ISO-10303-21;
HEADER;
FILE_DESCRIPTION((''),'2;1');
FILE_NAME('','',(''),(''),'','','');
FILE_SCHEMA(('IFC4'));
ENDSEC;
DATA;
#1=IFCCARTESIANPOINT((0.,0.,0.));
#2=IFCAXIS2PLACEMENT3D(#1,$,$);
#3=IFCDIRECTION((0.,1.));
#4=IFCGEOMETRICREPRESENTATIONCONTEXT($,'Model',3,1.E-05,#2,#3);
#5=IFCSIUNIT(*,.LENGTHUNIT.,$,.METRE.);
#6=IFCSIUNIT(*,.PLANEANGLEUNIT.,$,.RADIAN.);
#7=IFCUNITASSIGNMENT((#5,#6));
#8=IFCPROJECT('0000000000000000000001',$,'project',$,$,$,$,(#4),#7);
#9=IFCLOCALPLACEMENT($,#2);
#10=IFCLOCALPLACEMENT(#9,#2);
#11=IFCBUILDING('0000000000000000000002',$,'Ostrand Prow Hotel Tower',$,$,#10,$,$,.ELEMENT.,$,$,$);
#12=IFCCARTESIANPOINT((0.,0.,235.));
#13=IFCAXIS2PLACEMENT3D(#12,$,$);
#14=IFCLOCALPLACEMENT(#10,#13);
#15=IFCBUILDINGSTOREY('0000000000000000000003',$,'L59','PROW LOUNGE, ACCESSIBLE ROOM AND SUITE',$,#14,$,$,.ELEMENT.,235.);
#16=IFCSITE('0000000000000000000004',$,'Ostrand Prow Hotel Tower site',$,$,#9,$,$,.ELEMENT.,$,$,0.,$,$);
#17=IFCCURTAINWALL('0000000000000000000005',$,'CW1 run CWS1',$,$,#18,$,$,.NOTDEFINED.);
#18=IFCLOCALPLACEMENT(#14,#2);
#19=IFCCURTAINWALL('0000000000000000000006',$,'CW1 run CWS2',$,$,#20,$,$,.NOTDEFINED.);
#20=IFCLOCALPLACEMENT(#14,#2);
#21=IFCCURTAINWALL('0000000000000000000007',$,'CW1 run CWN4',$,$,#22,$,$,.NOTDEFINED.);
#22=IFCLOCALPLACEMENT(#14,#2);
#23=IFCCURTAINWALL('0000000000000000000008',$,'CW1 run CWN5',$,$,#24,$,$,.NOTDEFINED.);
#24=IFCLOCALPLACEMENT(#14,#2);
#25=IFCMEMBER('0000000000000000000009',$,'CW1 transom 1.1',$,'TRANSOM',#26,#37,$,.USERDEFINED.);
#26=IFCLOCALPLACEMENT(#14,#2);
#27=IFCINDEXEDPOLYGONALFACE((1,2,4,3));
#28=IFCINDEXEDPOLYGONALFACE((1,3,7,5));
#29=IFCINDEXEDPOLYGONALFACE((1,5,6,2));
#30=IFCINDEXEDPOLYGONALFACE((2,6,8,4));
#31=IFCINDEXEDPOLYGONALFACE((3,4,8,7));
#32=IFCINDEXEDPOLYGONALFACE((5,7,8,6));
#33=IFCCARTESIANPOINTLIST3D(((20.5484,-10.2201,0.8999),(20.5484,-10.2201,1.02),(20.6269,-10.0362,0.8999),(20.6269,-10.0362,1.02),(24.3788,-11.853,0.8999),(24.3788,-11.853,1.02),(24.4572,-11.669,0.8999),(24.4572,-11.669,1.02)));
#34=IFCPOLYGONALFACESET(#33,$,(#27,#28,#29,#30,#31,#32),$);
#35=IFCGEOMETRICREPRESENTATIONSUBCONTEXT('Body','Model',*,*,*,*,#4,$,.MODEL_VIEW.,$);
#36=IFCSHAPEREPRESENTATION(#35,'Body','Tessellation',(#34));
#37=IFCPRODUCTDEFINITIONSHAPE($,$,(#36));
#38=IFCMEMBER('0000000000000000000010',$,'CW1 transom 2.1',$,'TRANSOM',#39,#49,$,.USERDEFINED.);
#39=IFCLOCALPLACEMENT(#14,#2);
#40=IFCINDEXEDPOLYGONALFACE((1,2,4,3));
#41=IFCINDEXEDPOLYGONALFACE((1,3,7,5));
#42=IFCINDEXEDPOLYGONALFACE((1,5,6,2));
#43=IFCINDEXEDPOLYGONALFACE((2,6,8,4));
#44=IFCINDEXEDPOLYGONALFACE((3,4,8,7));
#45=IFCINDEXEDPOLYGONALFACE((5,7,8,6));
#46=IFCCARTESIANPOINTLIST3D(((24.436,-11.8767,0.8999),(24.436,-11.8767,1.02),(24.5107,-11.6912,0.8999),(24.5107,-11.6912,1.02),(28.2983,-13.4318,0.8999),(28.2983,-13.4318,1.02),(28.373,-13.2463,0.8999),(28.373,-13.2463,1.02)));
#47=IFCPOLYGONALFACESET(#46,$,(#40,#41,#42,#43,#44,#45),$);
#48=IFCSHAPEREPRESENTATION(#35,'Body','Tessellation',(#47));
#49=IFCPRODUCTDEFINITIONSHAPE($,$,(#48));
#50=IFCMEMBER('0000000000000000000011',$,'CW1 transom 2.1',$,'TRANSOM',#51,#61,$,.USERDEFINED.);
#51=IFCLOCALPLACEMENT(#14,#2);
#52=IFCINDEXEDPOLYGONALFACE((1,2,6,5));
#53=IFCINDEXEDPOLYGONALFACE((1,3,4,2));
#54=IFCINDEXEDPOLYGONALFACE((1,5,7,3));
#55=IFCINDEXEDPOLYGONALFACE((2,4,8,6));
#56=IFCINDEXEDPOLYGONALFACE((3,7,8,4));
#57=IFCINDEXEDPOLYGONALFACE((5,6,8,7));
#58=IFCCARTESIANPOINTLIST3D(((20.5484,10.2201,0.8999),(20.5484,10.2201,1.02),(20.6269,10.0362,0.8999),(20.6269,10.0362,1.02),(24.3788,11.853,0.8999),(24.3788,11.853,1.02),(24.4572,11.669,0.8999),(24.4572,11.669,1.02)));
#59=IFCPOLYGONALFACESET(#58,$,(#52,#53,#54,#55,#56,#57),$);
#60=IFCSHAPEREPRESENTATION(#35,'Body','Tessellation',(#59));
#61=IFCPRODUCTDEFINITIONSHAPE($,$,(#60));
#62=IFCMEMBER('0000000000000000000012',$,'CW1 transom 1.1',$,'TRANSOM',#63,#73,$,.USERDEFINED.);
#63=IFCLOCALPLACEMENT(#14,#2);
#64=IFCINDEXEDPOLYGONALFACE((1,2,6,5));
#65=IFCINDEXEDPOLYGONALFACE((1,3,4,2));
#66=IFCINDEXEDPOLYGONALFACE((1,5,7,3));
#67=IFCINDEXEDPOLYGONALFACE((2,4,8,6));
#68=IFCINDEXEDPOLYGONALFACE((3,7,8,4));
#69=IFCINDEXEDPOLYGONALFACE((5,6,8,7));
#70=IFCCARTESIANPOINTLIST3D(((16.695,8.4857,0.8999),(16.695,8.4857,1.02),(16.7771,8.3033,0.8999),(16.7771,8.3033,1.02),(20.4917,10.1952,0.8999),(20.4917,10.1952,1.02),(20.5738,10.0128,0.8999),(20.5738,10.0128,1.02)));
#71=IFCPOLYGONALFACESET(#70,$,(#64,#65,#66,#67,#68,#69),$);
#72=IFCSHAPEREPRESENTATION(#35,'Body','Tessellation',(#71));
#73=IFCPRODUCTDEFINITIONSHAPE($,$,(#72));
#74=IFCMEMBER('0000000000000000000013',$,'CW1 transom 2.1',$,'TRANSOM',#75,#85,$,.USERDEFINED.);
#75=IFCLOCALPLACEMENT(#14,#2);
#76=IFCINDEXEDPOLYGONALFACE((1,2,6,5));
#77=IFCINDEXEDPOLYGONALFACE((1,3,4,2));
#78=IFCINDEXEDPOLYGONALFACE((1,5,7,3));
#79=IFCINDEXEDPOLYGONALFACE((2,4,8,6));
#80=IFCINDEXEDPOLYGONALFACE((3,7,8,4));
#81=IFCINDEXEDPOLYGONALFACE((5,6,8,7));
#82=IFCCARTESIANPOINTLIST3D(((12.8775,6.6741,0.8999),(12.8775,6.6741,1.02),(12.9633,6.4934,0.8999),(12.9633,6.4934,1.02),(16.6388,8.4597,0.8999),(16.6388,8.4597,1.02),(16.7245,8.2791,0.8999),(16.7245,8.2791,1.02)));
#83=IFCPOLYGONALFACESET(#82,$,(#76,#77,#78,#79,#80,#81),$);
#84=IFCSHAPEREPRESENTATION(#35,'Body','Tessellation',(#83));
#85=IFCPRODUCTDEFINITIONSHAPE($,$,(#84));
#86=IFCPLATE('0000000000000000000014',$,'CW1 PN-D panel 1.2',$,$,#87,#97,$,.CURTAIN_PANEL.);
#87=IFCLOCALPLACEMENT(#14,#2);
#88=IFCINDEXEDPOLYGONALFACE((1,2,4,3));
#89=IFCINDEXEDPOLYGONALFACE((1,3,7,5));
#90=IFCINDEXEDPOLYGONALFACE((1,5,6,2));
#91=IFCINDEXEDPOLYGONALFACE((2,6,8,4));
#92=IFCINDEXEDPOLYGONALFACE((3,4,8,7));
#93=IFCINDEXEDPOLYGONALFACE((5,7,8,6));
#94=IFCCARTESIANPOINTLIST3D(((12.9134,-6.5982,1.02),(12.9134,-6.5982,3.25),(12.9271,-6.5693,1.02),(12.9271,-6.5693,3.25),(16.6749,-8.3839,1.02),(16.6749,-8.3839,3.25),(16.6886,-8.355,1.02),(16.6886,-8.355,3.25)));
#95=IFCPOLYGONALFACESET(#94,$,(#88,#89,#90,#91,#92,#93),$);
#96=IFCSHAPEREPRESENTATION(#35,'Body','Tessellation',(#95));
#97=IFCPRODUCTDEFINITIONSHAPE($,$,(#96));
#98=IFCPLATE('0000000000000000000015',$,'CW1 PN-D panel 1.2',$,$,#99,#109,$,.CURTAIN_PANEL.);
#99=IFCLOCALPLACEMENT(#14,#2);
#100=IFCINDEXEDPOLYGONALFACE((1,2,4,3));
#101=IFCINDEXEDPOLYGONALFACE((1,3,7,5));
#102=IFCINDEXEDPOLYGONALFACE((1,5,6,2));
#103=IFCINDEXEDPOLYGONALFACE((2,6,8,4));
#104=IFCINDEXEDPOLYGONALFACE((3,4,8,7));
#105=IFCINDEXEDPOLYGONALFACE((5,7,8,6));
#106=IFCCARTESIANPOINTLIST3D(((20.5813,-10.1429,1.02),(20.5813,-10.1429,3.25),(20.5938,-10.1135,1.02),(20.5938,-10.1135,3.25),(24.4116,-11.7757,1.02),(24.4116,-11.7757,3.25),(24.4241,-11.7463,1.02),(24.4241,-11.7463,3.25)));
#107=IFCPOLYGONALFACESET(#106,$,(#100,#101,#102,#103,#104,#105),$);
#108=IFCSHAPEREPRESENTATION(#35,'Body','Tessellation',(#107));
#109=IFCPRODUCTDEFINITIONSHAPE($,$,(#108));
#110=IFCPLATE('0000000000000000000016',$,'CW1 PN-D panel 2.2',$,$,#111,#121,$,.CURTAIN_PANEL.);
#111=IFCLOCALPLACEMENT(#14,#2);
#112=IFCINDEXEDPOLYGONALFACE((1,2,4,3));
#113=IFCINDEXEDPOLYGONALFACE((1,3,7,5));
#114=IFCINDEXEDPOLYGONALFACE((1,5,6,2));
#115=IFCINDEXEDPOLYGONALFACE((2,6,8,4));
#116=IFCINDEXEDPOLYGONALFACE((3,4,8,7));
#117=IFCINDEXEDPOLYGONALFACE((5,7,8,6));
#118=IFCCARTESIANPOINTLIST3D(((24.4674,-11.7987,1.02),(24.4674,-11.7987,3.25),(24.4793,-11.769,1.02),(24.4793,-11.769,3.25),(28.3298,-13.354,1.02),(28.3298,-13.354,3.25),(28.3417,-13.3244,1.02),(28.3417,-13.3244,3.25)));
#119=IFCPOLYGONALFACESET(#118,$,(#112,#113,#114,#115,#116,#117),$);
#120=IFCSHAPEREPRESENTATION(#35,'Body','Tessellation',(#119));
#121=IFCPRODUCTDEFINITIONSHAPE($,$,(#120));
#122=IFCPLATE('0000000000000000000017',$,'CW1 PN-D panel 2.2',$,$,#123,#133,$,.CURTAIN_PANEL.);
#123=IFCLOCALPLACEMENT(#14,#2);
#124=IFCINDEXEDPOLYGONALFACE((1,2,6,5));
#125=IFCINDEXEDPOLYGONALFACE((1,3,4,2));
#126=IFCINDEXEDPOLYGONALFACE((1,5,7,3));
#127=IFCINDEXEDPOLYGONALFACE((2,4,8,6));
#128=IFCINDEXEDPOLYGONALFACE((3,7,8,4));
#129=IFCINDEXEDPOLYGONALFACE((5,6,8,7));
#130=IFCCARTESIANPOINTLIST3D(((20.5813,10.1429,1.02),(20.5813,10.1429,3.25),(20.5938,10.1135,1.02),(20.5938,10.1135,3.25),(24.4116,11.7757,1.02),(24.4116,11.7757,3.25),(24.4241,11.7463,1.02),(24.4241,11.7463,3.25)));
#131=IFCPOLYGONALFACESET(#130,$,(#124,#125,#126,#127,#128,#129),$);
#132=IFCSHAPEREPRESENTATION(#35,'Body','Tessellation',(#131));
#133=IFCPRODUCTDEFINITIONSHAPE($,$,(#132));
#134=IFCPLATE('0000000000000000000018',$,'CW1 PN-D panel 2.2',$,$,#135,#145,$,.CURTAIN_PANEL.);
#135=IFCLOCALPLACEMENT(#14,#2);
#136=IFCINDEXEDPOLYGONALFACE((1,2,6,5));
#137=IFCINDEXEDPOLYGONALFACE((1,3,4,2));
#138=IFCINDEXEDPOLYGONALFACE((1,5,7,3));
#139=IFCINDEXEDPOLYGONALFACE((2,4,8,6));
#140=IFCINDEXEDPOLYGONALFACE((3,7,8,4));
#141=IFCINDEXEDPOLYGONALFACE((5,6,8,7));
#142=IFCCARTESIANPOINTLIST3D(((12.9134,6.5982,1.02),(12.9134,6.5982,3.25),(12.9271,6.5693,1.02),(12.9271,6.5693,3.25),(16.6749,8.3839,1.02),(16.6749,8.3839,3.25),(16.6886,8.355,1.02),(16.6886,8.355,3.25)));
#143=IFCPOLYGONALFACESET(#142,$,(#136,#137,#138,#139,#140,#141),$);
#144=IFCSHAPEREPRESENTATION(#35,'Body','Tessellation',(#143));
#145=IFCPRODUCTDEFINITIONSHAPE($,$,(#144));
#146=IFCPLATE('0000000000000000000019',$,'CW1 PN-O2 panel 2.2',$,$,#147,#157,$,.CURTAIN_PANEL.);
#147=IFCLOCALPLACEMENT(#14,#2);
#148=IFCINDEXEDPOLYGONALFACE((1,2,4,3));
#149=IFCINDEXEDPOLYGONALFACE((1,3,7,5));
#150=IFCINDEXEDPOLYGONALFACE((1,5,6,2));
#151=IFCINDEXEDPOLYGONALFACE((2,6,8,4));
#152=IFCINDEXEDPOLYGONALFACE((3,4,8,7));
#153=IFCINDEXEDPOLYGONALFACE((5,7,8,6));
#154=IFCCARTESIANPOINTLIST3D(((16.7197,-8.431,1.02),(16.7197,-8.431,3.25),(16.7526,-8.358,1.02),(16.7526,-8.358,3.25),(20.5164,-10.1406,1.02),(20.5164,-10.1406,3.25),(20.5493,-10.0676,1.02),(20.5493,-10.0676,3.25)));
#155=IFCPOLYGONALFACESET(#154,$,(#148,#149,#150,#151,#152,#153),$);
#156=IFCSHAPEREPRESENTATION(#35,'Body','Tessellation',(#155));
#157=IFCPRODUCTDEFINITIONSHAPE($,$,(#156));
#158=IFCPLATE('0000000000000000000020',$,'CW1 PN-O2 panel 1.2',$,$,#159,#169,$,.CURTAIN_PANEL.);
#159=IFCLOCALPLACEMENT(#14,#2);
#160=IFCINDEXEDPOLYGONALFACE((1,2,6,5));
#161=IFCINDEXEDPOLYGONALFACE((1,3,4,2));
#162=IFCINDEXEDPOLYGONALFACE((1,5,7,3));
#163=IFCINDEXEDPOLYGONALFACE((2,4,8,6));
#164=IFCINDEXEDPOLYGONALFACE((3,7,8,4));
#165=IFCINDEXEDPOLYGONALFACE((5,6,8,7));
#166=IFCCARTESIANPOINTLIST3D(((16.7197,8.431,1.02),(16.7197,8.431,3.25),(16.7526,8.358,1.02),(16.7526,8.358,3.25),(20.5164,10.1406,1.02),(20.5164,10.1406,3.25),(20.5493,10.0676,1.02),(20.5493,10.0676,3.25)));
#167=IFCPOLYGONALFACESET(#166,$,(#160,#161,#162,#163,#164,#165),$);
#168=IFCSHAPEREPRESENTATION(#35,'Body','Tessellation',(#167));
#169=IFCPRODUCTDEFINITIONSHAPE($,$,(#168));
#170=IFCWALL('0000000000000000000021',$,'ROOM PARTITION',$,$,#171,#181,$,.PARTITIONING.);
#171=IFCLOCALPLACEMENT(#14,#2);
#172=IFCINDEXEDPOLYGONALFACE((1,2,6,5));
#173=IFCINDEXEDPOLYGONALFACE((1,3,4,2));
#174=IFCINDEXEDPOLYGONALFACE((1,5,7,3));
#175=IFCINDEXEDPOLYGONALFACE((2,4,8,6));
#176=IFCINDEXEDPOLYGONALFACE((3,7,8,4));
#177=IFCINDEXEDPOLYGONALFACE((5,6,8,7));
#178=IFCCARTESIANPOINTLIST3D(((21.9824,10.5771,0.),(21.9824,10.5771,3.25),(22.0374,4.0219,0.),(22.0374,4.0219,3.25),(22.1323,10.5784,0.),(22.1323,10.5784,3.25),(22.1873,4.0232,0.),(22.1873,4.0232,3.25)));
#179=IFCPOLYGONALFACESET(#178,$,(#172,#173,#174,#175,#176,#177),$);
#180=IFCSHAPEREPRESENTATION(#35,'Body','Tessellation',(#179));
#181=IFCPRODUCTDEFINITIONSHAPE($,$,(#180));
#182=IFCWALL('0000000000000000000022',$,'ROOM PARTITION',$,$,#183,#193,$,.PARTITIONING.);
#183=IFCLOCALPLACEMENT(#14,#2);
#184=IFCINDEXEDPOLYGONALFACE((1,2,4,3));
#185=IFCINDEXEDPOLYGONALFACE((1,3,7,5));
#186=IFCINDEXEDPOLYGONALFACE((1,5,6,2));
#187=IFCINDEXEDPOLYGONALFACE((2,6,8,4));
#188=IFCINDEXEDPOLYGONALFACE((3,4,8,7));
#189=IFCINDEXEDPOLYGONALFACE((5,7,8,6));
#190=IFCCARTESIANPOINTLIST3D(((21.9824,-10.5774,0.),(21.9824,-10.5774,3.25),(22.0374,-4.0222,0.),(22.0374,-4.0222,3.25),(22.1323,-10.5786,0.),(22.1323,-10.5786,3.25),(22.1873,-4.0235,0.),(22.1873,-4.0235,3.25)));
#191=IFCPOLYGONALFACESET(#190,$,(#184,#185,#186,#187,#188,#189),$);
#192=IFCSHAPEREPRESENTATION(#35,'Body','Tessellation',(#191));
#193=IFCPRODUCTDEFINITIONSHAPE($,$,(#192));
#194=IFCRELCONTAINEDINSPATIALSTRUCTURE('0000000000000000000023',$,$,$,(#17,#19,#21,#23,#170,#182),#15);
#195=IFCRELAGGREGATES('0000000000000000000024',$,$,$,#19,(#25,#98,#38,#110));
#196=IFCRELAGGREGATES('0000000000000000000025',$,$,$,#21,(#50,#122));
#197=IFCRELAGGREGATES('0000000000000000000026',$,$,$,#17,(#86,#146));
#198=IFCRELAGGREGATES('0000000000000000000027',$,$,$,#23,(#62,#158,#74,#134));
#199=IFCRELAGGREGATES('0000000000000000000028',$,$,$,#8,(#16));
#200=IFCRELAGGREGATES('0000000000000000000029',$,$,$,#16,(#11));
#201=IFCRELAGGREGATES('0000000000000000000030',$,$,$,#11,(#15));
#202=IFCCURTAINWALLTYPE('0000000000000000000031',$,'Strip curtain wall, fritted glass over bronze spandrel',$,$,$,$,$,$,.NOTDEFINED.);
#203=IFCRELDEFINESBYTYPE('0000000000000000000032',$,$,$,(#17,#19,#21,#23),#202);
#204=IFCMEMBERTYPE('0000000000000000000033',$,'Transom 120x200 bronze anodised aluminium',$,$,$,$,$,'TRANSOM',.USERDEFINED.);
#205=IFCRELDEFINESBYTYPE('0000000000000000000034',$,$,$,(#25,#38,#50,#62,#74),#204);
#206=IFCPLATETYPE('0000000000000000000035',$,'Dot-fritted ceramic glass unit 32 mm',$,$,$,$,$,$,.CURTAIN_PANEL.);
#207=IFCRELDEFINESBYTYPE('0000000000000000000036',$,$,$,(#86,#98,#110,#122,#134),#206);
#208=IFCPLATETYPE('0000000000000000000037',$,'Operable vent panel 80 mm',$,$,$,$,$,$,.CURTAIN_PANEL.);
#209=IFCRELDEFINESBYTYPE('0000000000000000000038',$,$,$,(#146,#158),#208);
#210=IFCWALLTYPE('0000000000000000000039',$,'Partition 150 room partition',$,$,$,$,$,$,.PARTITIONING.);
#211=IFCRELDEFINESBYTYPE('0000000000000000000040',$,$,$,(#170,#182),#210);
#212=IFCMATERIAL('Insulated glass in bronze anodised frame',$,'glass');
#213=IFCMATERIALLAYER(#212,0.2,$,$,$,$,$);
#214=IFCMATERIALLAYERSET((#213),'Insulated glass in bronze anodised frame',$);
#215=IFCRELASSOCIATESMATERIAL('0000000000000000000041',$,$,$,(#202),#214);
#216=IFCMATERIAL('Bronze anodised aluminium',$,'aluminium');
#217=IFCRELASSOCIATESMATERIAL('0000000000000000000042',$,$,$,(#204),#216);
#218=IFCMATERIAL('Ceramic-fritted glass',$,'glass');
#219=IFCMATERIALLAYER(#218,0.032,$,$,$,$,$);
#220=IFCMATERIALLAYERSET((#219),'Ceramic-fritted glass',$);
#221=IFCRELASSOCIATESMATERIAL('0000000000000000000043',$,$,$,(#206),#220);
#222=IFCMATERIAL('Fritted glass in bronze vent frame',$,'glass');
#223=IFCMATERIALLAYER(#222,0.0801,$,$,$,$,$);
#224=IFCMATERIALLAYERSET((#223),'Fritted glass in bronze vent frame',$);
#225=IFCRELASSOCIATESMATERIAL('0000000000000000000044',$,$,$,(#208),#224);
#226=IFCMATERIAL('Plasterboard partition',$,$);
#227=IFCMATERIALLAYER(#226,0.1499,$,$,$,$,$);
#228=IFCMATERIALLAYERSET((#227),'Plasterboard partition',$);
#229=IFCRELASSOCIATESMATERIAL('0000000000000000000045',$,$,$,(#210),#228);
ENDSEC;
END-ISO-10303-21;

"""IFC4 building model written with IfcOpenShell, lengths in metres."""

from ifc_helpers import new_model, si_unit, direction, frame, frame_2d, origin, origin_2d, place, context, subcontext, project, spatial, rectangle, extrude, material, layer, layer_set, material_profile, profile_set, type_object, element, aggregate, save


model = new_model("IFC4")

# Units and contexts
model_context = context("Model", 3, precision=1e-05, world=origin(), true_north=direction((0.0, 1.0)))
body_context = subcontext(model_context, "Body", "Model", "MODEL_VIEW")
ifc_project = project(units=[si_unit("LENGTHUNIT", "METRE"), si_unit("PLANEANGLEUNIT", "RADIAN")], contexts=[model_context])

# Site, building, storey
site_placement = place(None, origin())
site = spatial("IfcSite", under=ifc_project, at=site_placement, Name="Ostrand Prow Hotel Tower site", CompositionType="ELEMENT", RefElevation=0.0)
building_placement = place(site_placement, origin())
building = spatial("IfcBuilding", under=site, at=building_placement, Name="Ostrand Prow Hotel Tower", CompositionType="ELEMENT")
storey_placement = place(building_placement, frame((0.0, 0.0, 235.0)))
storey = spatial("IfcBuildingStorey", under=building, at=storey_placement, Name="L59", Description="PROW LOUNGE, ACCESSIBLE ROOM AND SUITE", CompositionType="ELEMENT", Elevation=235.0)

# Curtain wall
ifc_material_1 = material(Name="Insulated glass in bronze anodised frame", Category="glass")
ifc_layer_1 = layer(ifc_material_1, 0.2)
ifc_layer_set_1 = layer_set([ifc_layer_1], Name="Insulated glass in bronze anodised frame")
curtain_wall_type = type_object("IfcCurtainWallType", Name="Strip curtain wall, fritted glass over bronze spandrel", PredefinedType="NOTDEFINED", material=ifc_layer_set_1)
curtain_wall_1_placement = place(storey_placement, origin())
curtain_wall_1 = element("IfcCurtainWall", 1, at=curtain_wall_1_placement, inside=storey, type_object=curtain_wall_type, Name="CW1 run CWS1", PredefinedType="NOTDEFINED")

# Curtain wall
curtain_wall_2_placement = place(storey_placement, origin())
curtain_wall_2 = element("IfcCurtainWall", 2, at=curtain_wall_2_placement, inside=storey, type_object=curtain_wall_type, Name="CW1 run CWS2", PredefinedType="NOTDEFINED")

# Curtain wall
curtain_wall_3_placement = place(storey_placement, origin())
curtain_wall_3 = element("IfcCurtainWall", 3, at=curtain_wall_3_placement, inside=storey, type_object=curtain_wall_type, Name="CW1 run CWN4", PredefinedType="NOTDEFINED")

# Curtain wall
curtain_wall_4_placement = place(storey_placement, origin())
curtain_wall_4 = element("IfcCurtainWall", 4, at=curtain_wall_4_placement, inside=storey, type_object=curtain_wall_type, Name="CW1 run CWN5", PredefinedType="NOTDEFINED")

# Members
ifc_material_2 = material(Name="Bronze anodised aluminium", Category="aluminium")
ifc_material_profile_1 = material_profile(ifc_material_2, rectangle(XDim=0.2, YDim=0.1201, at=origin_2d()), Name="Transom 120x200 bronze anodised aluminium")
ifc_profile_set_1 = profile_set([ifc_material_profile_1], Name="Bronze anodised aluminium")
member_type_1 = type_object("IfcMemberType", Name="Transom 120x200 bronze anodised aluminium", ElementType="TRANSOM", PredefinedType="USERDEFINED", material=ifc_profile_set_1)
member_1_placement = place(storey_placement, frame((20.5876, -10.1282, 0.96), z_axis=(0.919905, -0.392142, 0.0), x_axis=(0.392142, 0.919905, 0.0)))
member_1 = element("IfcMember", 5, at=member_1_placement, type_object=member_type_1, Name="CW1 transom 1.1", ObjectType="TRANSOM", PredefinedType="USERDEFINED", context=body_context, shape_type="SweptSolid", body=[
    extrude(rectangle(XDim=0.2, YDim=0.1201, at=origin_2d()), origin(), (0.0, 0.0, 1.0), 4.1638),
])
member_2_placement = place(storey_placement, frame((24.4734, -11.7839, 0.96), z_axis=(0.927625, -0.373513, 0.0), x_axis=(0.373513, 0.927625, 0.0)))
member_2 = element("IfcMember", 6, at=member_2_placement, type_object=member_type_1, Name="CW1 transom 2.1", ObjectType="TRANSOM", PredefinedType="USERDEFINED", context=body_context, shape_type="SweptSolid", body=[
    extrude(rectangle(XDim=0.2, YDim=0.1201, at=origin_2d()), origin(), (0.0, 0.0, 1.0), 4.1636),
])
member_3_placement = place(storey_placement, frame((24.418, 11.761, 0.96), z_axis=(-0.919905, -0.392142, 0.0), x_axis=(0.392142, -0.919905, 0.0)))
member_3 = element("IfcMember", 7, at=member_3_placement, type_object=member_type_1, Name="CW1 transom 2.1", ObjectType="TRANSOM", PredefinedType="USERDEFINED", context=body_context, shape_type="SweptSolid", body=[
    extrude(rectangle(XDim=0.2, YDim=0.1201, at=origin_2d()), origin(), (0.0, 0.0, 1.0), 4.1638),
])
member_4_placement = place(storey_placement, frame((20.5327, 10.104, 0.96), z_axis=(-0.911833, -0.410562, 0.0), x_axis=(0.410562, -0.911833, 0.0)))
member_4 = element("IfcMember", 8, at=member_4_placement, type_object=member_type_1, Name="CW1 transom 1.1", ObjectType="TRANSOM", PredefinedType="USERDEFINED", context=body_context, shape_type="SweptSolid", body=[
    extrude(rectangle(XDim=0.2, YDim=0.1201, at=origin_2d()), origin(), (0.0, 0.0, 1.0), 4.1638),
])
member_5_placement = place(storey_placement, frame((16.6816, 8.3694, 0.96), z_axis=(-0.903365, -0.428873, 0.0), x_axis=(0.428873, -0.903365, 0.0)))
member_5 = element("IfcMember", 9, at=member_5_placement, type_object=member_type_1, Name="CW1 transom 2.1", ObjectType="TRANSOM", PredefinedType="USERDEFINED", context=body_context, shape_type="SweptSolid", body=[
    extrude(rectangle(XDim=0.2, YDim=0.1201, at=origin_2d()), origin(), (0.0, 0.0, 1.0), 4.1636),
])

# Plates
ifc_material_3 = material(Name="Ceramic-fritted glass", Category="glass")
ifc_layer_2 = layer(ifc_material_3, 0.032)
ifc_layer_set_2 = layer_set([ifc_layer_2], Name="Ceramic-fritted glass")
plate_type_1 = type_object("IfcPlateType", Name="Dot-fritted ceramic glass unit 32 mm", PredefinedType="CURTAIN_PANEL", material=ifc_layer_set_2)
plate_1_placement = place(storey_placement, frame((14.801, -7.4766, 1.02), z_axis=(0.0, 0.0, 1.0), x_axis=(0.90337, -0.428861, 0.0)))
plate_1 = element("IfcPlate", 10, at=plate_1_placement, type_object=plate_type_1, Name="CW1 PN-D panel 1.2", PredefinedType="CURTAIN_PANEL", context=body_context, shape_type="SweptSolid", body=[
    extrude(rectangle(XDim=4.1638, YDim=0.032, at=origin_2d()), origin(), (0.0, 0.0, 1.0), 2.23),
])
plate_2_placement = place(storey_placement, frame((22.5027, -10.9446, 1.02), z_axis=(0.0, 0.0, 1.0), x_axis=(0.919907, -0.392136, 0.0)))
plate_2 = element("IfcPlate", 11, at=plate_2_placement, type_object=plate_type_1, Name="CW1 PN-D panel 1.2", PredefinedType="CURTAIN_PANEL", context=body_context, shape_type="SweptSolid", body=[
    extrude(rectangle(XDim=4.1638, YDim=0.032, at=origin_2d()), origin(), (0.0, 0.0, 1.0), 2.23),
])
plate_3_placement = place(storey_placement, frame((26.4045, -12.5615, 1.02), z_axis=(0.0, 0.0, 1.0), x_axis=(0.927617, -0.373533, 0.0)))
plate_3 = element("IfcPlate", 12, at=plate_3_placement, type_object=plate_type_1, Name="CW1 PN-D panel 2.2", PredefinedType="CURTAIN_PANEL", context=body_context, shape_type="SweptSolid", body=[
    extrude(rectangle(XDim=4.1638, YDim=0.032, at=origin_2d()), origin(), (0.0, 0.0, 1.0), 2.23),
])
aggregate(curtain_wall_2, [member_1, plate_2, member_2, plate_3])
plate_4_placement = place(storey_placement, frame((22.5027, 10.9446, 1.02), z_axis=(0.0, 0.0, 1.0), x_axis=(-0.919907, -0.392136, 0.0)))
plate_4 = element("IfcPlate", 13, at=plate_4_placement, type_object=plate_type_1, Name="CW1 PN-D panel 2.2", PredefinedType="CURTAIN_PANEL", context=body_context, shape_type="SweptSolid", body=[
    extrude(rectangle(XDim=4.1638, YDim=0.032, at=origin_2d()), origin(), (0.0, 0.0, 1.0), 2.23),
])
aggregate(curtain_wall_3, [member_3, plate_4])
plate_5_placement = place(storey_placement, frame((14.801, 7.4766, 1.02), z_axis=(0.0, 0.0, 1.0), x_axis=(-0.90337, -0.428861, 0.0)))
plate_5 = element("IfcPlate", 14, at=plate_5_placement, type_object=plate_type_1, Name="CW1 PN-D panel 2.2", PredefinedType="CURTAIN_PANEL", context=body_context, shape_type="SweptSolid", body=[
    extrude(rectangle(XDim=4.1638, YDim=0.032, at=origin_2d()), origin(), (0.0, 0.0, 1.0), 2.23),
])
ifc_material_4 = material(Name="Fritted glass in bronze vent frame", Category="glass")
ifc_layer_3 = layer(ifc_material_4, 0.0801)
ifc_layer_set_3 = layer_set([ifc_layer_3], Name="Fritted glass in bronze vent frame")
plate_type_2 = type_object("IfcPlateType", Name="Operable vent panel 80 mm", PredefinedType="CURTAIN_PANEL", material=ifc_layer_set_3)
plate_6_placement = place(storey_placement, frame((18.6345, -9.2493, 1.02), z_axis=(0.0, 0.0, 1.0), x_axis=(0.911824, -0.410582, 0.0)))
plate_6 = element("IfcPlate", 15, at=plate_6_placement, type_object=plate_type_2, Name="CW1 PN-O2 panel 2.2", PredefinedType="CURTAIN_PANEL", context=body_context, shape_type="SweptSolid", body=[
    extrude(rectangle(XDim=4.1638, YDim=0.0801, at=origin_2d()), origin(), (0.0, 0.0, 1.0), 2.23),
])
aggregate(curtain_wall_1, [plate_1, plate_6])
plate_7_placement = place(storey_placement, frame((18.6345, 9.2493, 1.02), z_axis=(0.0, 0.0, 1.0), x_axis=(-0.911824, -0.410582, 0.0)))
plate_7 = element("IfcPlate", 16, at=plate_7_placement, type_object=plate_type_2, Name="CW1 PN-O2 panel 1.2", PredefinedType="CURTAIN_PANEL", context=body_context, shape_type="SweptSolid", body=[
    extrude(rectangle(XDim=4.1638, YDim=0.0801, at=origin_2d()), origin(), (0.0, 0.0, 1.0), 2.23),
])
aggregate(curtain_wall_4, [member_4, plate_7, member_5, plate_5])

# Walls
ifc_material_5 = material(Name="Plasterboard partition")
ifc_layer_4 = layer(ifc_material_5, 0.1499)
ifc_layer_set_4 = layer_set([ifc_layer_4], Name="Plasterboard partition")
wall_type_1 = type_object("IfcWallType", Name="Partition 150 room partition", PredefinedType="PARTITIONING", material=ifc_layer_set_4)
for number, where, z_axis, x_axis, name in (
    (17, (22.0574, 10.5779, 0.0), (0.0, 0.0, 1.0), (0.00838, -0.999965, 0.0), "ROOM PARTITION"),
    (18, (22.1123, -4.0227, 0.0), (0.0, 0.0, 1.0), (-0.00838, -0.999965, 0.0), "ROOM PARTITION"),
):
    element("IfcWall", number, at=place(storey_placement, frame(where, z_axis=z_axis, x_axis=x_axis)), inside=storey, type_object=wall_type_1, Name=name, PredefinedType="PARTITIONING", context=body_context, shape_type="SweptSolid", body=[
        extrude(rectangle(XDim=6.5554, YDim=0.1499, at=frame_2d((3.2778, 0.0))), origin(), (0.0, 0.0, 1.0), 3.25),
    ])

save(model, "model.ifc")
